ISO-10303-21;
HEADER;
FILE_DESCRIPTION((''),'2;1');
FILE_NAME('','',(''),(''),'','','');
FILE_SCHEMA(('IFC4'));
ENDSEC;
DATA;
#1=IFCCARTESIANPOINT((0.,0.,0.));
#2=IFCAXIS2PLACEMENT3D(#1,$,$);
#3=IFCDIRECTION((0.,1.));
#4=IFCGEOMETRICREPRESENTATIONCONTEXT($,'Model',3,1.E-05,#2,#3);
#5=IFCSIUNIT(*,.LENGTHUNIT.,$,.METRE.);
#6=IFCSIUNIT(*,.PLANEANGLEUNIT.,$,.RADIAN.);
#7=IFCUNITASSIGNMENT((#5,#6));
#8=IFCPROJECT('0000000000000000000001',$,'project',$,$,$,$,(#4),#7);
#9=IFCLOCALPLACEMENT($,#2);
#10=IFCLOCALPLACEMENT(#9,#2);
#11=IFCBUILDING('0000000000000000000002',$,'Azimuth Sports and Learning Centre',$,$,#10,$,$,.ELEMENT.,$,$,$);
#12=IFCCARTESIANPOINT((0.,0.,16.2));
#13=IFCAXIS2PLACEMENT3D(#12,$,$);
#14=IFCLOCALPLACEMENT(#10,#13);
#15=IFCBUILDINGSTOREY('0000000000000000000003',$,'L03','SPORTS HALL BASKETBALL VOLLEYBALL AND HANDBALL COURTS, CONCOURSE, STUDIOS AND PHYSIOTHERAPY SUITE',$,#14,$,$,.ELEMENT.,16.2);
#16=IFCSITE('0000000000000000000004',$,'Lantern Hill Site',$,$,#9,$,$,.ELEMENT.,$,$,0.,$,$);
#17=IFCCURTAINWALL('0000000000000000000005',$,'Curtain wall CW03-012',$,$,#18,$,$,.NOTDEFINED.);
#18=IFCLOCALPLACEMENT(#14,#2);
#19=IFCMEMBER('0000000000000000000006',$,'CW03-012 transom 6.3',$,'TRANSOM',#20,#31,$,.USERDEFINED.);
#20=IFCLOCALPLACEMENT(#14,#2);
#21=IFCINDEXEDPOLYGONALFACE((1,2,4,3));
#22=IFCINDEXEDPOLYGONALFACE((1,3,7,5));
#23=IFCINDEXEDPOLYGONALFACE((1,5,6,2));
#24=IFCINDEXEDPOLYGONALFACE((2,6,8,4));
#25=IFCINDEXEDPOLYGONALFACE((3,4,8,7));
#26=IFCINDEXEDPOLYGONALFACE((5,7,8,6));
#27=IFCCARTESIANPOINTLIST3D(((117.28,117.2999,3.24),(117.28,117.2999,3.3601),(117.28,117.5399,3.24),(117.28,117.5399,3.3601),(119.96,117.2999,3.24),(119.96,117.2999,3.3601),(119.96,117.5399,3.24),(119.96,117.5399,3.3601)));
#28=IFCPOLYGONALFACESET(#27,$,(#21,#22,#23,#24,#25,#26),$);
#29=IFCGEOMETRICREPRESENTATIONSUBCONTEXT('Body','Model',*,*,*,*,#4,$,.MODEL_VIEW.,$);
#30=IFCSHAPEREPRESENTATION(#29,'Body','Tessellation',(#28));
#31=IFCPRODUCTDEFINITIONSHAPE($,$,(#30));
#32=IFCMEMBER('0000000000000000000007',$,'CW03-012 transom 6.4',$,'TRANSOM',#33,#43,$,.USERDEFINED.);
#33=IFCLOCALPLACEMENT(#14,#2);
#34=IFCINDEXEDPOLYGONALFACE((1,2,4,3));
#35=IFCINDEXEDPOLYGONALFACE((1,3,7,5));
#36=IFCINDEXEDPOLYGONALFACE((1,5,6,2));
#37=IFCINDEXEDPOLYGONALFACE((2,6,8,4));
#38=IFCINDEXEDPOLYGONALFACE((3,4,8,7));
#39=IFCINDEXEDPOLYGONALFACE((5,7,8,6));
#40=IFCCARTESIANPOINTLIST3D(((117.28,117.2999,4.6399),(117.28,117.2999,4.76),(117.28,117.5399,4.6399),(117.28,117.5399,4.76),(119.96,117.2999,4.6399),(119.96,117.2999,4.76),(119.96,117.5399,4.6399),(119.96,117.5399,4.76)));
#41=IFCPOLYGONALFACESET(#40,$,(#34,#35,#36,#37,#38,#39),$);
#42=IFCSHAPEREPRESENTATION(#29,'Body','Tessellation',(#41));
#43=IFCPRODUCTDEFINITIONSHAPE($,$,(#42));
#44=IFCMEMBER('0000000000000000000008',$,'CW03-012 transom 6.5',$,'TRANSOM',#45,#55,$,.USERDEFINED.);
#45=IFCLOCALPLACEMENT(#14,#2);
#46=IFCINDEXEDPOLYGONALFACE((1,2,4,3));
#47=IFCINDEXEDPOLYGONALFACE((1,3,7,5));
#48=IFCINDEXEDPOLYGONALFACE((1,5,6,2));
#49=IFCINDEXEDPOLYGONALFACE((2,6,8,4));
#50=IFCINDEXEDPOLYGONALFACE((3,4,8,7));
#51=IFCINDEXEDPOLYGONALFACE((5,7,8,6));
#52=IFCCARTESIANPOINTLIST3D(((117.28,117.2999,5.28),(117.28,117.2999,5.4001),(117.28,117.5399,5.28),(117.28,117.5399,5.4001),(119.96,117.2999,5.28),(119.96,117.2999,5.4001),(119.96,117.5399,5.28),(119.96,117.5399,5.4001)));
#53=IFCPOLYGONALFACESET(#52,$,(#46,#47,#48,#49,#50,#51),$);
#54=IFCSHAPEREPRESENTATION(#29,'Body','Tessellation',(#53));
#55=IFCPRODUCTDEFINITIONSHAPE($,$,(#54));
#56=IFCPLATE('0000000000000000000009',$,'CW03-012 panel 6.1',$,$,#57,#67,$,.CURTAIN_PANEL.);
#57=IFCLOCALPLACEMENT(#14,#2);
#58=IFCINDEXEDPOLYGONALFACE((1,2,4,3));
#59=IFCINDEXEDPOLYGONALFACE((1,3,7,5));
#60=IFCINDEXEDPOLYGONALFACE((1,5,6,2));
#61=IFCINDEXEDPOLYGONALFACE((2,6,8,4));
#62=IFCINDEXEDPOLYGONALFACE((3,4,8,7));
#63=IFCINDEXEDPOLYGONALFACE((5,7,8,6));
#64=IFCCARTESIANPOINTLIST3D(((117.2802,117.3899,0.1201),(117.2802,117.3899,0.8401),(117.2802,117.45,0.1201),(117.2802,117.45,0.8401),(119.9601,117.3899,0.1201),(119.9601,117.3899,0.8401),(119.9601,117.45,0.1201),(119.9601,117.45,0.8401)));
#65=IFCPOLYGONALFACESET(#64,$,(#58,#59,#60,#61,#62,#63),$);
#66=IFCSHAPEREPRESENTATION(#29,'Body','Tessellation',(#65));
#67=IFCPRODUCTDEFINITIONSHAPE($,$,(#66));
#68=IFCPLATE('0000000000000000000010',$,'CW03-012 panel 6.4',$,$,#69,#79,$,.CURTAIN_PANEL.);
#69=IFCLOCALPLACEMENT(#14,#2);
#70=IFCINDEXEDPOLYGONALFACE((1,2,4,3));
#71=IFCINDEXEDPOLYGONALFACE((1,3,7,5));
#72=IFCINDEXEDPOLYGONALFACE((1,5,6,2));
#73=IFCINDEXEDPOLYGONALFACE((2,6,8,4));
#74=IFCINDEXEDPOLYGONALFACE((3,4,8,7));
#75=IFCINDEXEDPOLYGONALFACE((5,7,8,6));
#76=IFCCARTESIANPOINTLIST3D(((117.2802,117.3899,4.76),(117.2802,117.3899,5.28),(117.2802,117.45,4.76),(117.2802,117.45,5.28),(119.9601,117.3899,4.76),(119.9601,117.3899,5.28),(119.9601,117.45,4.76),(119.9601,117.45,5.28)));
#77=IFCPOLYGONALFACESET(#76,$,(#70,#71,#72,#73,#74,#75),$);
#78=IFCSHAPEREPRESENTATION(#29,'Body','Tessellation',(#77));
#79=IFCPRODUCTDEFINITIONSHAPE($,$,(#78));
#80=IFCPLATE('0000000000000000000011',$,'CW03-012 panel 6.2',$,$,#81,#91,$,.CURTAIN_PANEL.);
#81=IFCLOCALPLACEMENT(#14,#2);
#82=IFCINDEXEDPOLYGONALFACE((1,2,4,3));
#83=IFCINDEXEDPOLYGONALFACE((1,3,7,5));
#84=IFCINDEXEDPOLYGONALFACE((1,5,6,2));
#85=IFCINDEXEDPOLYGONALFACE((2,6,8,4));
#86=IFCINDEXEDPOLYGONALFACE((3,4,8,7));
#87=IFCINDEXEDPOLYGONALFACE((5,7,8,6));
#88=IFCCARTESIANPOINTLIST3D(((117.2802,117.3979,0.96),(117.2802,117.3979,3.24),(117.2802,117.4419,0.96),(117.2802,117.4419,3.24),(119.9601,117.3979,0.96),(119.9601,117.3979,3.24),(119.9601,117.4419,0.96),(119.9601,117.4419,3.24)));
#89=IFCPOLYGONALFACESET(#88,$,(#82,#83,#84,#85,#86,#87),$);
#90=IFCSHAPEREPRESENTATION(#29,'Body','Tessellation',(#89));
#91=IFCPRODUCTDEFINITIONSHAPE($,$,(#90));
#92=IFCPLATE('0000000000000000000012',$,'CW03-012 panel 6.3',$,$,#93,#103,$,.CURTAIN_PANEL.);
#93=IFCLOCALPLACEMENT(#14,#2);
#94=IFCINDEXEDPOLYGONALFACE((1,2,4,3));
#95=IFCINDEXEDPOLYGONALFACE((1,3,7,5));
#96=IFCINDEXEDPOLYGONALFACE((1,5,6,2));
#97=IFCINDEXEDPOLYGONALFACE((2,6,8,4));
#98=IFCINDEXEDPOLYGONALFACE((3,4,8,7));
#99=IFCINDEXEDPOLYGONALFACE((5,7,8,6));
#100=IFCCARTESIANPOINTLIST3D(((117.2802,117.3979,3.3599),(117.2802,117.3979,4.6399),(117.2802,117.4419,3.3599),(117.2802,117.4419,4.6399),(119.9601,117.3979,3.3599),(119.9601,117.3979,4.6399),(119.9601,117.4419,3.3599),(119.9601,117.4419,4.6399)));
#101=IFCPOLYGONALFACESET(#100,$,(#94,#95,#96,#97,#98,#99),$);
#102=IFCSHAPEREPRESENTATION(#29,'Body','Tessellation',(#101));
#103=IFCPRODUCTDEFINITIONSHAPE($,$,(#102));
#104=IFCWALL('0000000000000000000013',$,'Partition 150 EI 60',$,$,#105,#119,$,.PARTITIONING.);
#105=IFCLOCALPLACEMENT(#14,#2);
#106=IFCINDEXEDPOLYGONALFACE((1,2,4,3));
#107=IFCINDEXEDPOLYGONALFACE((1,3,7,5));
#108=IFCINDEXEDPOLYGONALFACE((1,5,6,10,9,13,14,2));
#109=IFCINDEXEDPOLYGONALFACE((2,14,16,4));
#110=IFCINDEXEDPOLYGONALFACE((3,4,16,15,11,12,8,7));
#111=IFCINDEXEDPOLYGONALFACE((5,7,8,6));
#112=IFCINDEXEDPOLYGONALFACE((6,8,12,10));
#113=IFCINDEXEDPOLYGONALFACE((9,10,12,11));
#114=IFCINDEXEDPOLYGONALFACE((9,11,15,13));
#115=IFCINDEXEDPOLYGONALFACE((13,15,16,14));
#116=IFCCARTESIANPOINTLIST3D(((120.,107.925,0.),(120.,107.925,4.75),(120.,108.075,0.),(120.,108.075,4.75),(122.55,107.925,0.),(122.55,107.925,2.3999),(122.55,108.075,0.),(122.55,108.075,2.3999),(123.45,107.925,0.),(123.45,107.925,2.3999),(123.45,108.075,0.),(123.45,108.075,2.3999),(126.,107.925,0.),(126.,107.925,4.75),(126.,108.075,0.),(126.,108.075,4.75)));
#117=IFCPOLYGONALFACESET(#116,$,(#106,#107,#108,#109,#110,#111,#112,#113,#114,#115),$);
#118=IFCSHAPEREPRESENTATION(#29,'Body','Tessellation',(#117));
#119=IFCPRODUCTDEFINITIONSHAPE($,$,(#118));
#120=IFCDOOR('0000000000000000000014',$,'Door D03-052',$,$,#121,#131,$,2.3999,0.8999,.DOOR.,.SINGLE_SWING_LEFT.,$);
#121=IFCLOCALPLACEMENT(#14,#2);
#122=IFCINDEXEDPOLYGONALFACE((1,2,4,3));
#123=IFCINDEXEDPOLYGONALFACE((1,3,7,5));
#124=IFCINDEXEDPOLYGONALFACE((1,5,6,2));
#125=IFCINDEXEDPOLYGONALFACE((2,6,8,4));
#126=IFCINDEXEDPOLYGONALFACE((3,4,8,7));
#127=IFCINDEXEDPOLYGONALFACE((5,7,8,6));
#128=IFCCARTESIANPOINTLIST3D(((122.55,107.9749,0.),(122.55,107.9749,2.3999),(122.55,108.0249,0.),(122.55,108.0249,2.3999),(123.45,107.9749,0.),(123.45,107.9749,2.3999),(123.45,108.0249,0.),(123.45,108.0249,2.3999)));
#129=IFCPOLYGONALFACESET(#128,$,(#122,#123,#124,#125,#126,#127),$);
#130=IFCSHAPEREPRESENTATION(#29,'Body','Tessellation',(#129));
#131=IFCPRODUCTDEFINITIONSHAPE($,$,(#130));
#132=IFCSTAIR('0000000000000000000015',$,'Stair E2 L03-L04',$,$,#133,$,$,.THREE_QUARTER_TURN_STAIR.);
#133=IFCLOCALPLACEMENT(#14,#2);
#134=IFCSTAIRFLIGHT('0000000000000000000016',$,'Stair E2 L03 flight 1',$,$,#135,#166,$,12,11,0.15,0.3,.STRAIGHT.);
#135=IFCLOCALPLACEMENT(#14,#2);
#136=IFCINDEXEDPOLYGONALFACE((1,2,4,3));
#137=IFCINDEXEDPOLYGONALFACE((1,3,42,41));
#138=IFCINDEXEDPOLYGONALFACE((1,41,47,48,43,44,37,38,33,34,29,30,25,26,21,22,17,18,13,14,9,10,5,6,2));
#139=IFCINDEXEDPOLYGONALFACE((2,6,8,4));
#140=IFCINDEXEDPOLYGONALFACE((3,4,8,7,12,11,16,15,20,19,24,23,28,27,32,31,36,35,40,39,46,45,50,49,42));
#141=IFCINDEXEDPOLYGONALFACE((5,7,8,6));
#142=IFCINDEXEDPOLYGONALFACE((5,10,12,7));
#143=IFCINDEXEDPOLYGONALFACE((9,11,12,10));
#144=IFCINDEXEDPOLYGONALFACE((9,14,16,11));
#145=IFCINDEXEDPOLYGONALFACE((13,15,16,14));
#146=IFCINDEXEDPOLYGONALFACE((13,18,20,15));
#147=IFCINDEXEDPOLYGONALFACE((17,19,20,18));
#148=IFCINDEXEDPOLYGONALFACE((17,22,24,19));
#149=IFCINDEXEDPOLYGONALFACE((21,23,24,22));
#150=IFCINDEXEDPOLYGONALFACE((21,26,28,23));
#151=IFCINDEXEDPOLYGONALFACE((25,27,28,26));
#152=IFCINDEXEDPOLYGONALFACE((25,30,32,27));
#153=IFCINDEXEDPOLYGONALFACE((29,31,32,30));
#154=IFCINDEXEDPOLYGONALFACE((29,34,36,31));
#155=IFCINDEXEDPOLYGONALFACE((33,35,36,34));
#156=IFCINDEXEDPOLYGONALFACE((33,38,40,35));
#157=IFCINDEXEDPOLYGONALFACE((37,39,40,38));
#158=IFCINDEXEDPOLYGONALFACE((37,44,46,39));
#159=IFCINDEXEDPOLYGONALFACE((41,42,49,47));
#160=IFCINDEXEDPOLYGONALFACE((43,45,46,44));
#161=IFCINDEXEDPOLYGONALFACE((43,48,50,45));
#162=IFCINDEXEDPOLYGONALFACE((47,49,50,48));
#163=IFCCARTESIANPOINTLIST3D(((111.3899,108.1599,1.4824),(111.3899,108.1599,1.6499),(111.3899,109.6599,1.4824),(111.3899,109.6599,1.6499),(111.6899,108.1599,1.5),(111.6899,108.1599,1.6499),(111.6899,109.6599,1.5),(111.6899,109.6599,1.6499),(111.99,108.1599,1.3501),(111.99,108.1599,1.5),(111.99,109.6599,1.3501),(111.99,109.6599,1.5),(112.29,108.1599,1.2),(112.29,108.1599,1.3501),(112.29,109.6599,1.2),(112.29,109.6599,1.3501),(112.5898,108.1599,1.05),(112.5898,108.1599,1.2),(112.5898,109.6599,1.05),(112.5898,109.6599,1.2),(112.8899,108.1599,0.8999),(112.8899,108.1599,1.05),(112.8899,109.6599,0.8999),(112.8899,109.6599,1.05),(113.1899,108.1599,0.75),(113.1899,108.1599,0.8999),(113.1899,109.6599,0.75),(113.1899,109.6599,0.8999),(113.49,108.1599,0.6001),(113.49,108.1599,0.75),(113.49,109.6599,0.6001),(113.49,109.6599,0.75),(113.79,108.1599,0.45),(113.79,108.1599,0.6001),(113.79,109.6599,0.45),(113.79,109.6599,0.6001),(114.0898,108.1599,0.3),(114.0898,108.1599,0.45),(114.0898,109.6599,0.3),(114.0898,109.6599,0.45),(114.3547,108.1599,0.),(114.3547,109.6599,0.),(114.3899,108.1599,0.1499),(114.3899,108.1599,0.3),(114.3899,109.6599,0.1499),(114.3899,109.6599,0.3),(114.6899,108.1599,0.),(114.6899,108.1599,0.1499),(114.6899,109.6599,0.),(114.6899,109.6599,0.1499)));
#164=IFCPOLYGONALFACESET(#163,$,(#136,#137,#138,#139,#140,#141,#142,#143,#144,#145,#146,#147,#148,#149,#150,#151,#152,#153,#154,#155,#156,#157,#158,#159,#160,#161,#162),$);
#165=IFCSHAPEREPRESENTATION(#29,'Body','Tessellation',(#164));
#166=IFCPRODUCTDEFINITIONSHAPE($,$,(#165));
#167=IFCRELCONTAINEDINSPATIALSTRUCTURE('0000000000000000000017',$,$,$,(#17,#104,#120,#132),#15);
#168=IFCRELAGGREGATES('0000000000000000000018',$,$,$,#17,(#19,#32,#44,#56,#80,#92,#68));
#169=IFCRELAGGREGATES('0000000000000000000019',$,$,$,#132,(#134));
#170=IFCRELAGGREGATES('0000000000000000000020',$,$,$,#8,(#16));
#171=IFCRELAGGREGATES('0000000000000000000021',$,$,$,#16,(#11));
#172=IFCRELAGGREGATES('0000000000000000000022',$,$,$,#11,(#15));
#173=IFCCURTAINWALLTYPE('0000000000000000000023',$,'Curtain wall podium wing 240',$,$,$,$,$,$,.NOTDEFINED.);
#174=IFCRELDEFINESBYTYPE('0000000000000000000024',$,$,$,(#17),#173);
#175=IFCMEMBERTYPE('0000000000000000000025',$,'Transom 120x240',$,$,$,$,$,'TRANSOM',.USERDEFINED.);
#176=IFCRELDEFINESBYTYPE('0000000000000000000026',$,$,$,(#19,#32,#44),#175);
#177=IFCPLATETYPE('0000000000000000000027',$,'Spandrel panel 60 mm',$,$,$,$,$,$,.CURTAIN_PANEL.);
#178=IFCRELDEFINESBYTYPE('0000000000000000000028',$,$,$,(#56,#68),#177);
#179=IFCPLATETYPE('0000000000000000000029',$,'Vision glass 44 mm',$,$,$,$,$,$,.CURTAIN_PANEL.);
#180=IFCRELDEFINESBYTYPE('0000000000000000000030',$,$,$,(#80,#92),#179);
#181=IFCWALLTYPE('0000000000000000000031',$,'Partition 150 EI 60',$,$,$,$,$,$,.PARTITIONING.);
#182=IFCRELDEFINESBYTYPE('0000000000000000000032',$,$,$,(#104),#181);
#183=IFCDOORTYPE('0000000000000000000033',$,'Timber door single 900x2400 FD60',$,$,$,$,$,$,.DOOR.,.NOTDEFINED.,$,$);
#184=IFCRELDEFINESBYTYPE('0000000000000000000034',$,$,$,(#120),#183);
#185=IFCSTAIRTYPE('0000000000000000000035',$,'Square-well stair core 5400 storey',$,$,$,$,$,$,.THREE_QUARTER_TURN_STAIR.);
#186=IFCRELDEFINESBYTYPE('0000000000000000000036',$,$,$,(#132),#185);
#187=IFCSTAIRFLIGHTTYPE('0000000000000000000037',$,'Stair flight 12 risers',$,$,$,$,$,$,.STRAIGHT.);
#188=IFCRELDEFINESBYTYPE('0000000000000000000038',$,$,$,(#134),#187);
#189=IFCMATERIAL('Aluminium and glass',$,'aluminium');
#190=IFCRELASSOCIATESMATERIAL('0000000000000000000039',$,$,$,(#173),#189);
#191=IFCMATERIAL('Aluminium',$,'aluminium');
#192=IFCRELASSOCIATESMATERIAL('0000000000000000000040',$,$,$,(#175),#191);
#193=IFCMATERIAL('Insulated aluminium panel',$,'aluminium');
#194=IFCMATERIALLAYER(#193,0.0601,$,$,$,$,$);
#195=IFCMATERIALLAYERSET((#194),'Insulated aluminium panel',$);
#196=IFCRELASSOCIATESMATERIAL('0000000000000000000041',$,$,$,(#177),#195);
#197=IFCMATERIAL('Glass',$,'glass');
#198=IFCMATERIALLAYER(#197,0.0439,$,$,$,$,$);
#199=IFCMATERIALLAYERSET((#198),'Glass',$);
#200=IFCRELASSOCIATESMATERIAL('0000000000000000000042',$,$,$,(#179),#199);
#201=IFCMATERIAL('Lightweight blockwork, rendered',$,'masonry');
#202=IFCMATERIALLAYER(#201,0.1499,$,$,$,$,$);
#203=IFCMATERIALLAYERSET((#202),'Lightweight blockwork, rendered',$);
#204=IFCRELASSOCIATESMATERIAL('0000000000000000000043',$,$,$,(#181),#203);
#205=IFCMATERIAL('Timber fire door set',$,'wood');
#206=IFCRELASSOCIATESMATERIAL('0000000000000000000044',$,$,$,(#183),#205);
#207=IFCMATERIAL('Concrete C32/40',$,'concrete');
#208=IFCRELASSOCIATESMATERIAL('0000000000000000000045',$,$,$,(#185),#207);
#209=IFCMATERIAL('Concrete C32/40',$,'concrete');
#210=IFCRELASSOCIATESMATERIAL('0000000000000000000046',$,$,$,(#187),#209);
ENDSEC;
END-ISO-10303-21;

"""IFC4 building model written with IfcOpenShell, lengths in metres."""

from ifc_helpers import new_model, si_unit, direction, frame, frame_2d, origin, origin_2d, place, context, subcontext, project, spatial, polyline, rectangle, outline, extrude, material, layer, layer_set, material_profile, profile_set, type_object, element, fill, aggregate, save


model = new_model("IFC4")

# Units and contexts
model_context = context("Model", 3, precision=1e-05, world=origin(), true_north=direction((0.0, 1.0)))
body_context = subcontext(model_context, "Body", "Model", "MODEL_VIEW")
ifc_project = project(units=[si_unit("LENGTHUNIT", "METRE"), si_unit("PLANEANGLEUNIT", "RADIAN")], contexts=[model_context])

# Site, building, storey
site_placement = place(None, origin())
site = spatial("IfcSite", under=ifc_project, at=site_placement, Name="Lantern Hill Site", CompositionType="ELEMENT", RefElevation=0.0)
building_placement = place(site_placement, origin())
building = spatial("IfcBuilding", under=site, at=building_placement, Name="Azimuth Sports and Learning Centre", CompositionType="ELEMENT")
storey_placement = place(building_placement, frame((0.0, 0.0, 16.2)))
storey = spatial("IfcBuildingStorey", under=building, at=storey_placement, Name="L03", Description="SPORTS HALL BASKETBALL VOLLEYBALL AND HANDBALL COURTS, CONCOURSE, STUDIOS AND PHYSIOTHERAPY SUITE", CompositionType="ELEMENT", Elevation=16.2)

# Curtain wall, members, plates
ifc_material_1 = material(Name="Aluminium and glass", Category="aluminium")
curtain_wall_type = type_object("IfcCurtainWallType", Name="Curtain wall podium wing 240", PredefinedType="NOTDEFINED", material=ifc_material_1)
curtain_wall_placement = place(storey_placement, origin())
curtain_wall = element("IfcCurtainWall", 1, at=curtain_wall_placement, inside=storey, type_object=curtain_wall_type, Name="Curtain wall CW03-012", PredefinedType="NOTDEFINED")
ifc_material_2 = material(Name="Aluminium", Category="aluminium")
ifc_material_profile_1 = material_profile(ifc_material_2, rectangle(XDim=0.24, YDim=0.1201, at=origin_2d()), Name="Transom 120x240")
ifc_profile_set_1 = profile_set([ifc_material_profile_1], Name="Aluminium")
member_type_1 = type_object("IfcMemberType", Name="Transom 120x240", ElementType="TRANSOM", PredefinedType="USERDEFINED", material=ifc_profile_set_1)
member_1_placement = place(storey_placement, frame((119.96, 117.4199, 3.3), z_axis=(-1.0, 0.0, 0.0), x_axis=(0.0, -1.0, 0.0)))
member_1 = element("IfcMember", 2, at=member_1_placement, type_object=member_type_1, Name="CW03-012 transom 6.3", ObjectType="TRANSOM", PredefinedType="USERDEFINED", context=body_context, shape_type="SweptSolid", body=[
    extrude(rectangle(XDim=0.24, YDim=0.1201, at=origin_2d()), origin(), (0.0, 0.0, 1.0), 2.6799),
])
member_2_placement = place(storey_placement, frame((119.96, 117.4199, 4.7), z_axis=(-1.0, 0.0, 0.0), x_axis=(0.0, -1.0, 0.0)))
member_2 = element("IfcMember", 3, at=member_2_placement, type_object=member_type_1, Name="CW03-012 transom 6.4", ObjectType="TRANSOM", PredefinedType="USERDEFINED", context=body_context, shape_type="SweptSolid", body=[
    extrude(rectangle(XDim=0.24, YDim=0.1201, at=origin_2d()), origin(), (0.0, 0.0, 1.0), 2.6799),
])
member_3_placement = place(storey_placement, frame((119.96, 117.4199, 5.3401), z_axis=(-1.0, 0.0, 0.0), x_axis=(0.0, -1.0, 0.0)))
member_3 = element("IfcMember", 4, at=member_3_placement, type_object=member_type_1, Name="CW03-012 transom 6.5", ObjectType="TRANSOM", PredefinedType="USERDEFINED", context=body_context, shape_type="SweptSolid", body=[
    extrude(rectangle(XDim=0.24, YDim=0.1201, at=origin_2d()), origin(), (0.0, 0.0, 1.0), 2.6799),
])
ifc_material_3 = material(Name="Insulated aluminium panel", Category="aluminium")
ifc_layer_1 = layer(ifc_material_3, 0.0601)
ifc_layer_set_1 = layer_set([ifc_layer_1], Name="Insulated aluminium panel")
plate_type_1 = type_object("IfcPlateType", Name="Spandrel panel 60 mm", PredefinedType="CURTAIN_PANEL", material=ifc_layer_set_1)
plate_1_placement = place(storey_placement, frame((118.6201, 117.4199, 0.1201), z_axis=(0.0, 0.0, 1.0), x_axis=(-1.0, 0.0, 0.0)))
plate_1 = element("IfcPlate", 5, at=plate_1_placement, type_object=plate_type_1, Name="CW03-012 panel 6.1", PredefinedType="CURTAIN_PANEL", context=body_context, shape_type="SweptSolid", body=[
    extrude(rectangle(XDim=2.6799, YDim=0.0601, at=origin_2d()), origin(), (0.0, 0.0, 1.0), 0.72),
])
plate_2_placement = place(storey_placement, frame((118.6201, 117.4199, 4.76), z_axis=(0.0, 0.0, 1.0), x_axis=(-1.0, 0.0, 0.0)))
plate_2 = element("IfcPlate", 6, at=plate_2_placement, type_object=plate_type_1, Name="CW03-012 panel 6.4", PredefinedType="CURTAIN_PANEL", context=body_context, shape_type="SweptSolid", body=[
    extrude(rectangle(XDim=2.6799, YDim=0.0601, at=origin_2d()), origin(), (0.0, 0.0, 1.0), 0.52),
])
ifc_material_4 = material(Name="Glass", Category="glass")
ifc_layer_2 = layer(ifc_material_4, 0.0439)
ifc_layer_set_2 = layer_set([ifc_layer_2], Name="Glass")
plate_type_2 = type_object("IfcPlateType", Name="Vision glass 44 mm", PredefinedType="CURTAIN_PANEL", material=ifc_layer_set_2)
plate_3_placement = place(storey_placement, frame((118.6201, 117.4199, 0.96), z_axis=(0.0, 0.0, 1.0), x_axis=(-1.0, 0.0, 0.0)))
plate_3 = element("IfcPlate", 7, at=plate_3_placement, type_object=plate_type_2, Name="CW03-012 panel 6.2", PredefinedType="CURTAIN_PANEL", context=body_context, shape_type="SweptSolid", body=[
    extrude(rectangle(XDim=2.6799, YDim=0.0439, at=origin_2d()), origin(), (0.0, 0.0, 1.0), 2.28),
])
plate_4_placement = place(storey_placement, frame((118.6201, 117.4199, 3.3599), z_axis=(0.0, 0.0, 1.0), x_axis=(-1.0, 0.0, 0.0)))
plate_4 = element("IfcPlate", 8, at=plate_4_placement, type_object=plate_type_2, Name="CW03-012 panel 6.3", PredefinedType="CURTAIN_PANEL", context=body_context, shape_type="SweptSolid", body=[
    extrude(rectangle(XDim=2.6799, YDim=0.0439, at=origin_2d()), origin(), (0.0, 0.0, 1.0), 1.28),
])
aggregate(curtain_wall, [member_1, member_2, member_3, plate_1, plate_3, plate_4, plate_2])

# Wall, opening, door
ifc_material_5 = material(Name="Lightweight blockwork, rendered", Category="masonry")
ifc_layer_3 = layer(ifc_material_5, 0.1499)
ifc_layer_set_3 = layer_set([ifc_layer_3], Name="Lightweight blockwork, rendered")
wall_type = type_object("IfcWallType", Name="Partition 150 EI 60", PredefinedType="PARTITIONING", material=ifc_layer_set_3)
wall_placement = place(storey_placement, frame((120.0, 108.0, 0.0), z_axis=(0.0, 0.0, 1.0), x_axis=(1.0, 0.0, 0.0)))
wall = element("IfcWall", 9, at=wall_placement, inside=storey, type_object=wall_type, Name="Partition 150 EI 60", PredefinedType="PARTITIONING", context=body_context, shape_type="SweptSolid", body=[
    extrude(rectangle(XDim=6.0, YDim=0.1499, at=frame_2d((3.0, 0.0))), origin(), (0.0, 0.0, 1.0), 4.75),
])
opening_placement = place(wall_placement, frame((2.55, 0.0, 0.0)))
opening = element("IfcOpeningElement", 10, at=opening_placement, cuts=wall, PredefinedType="OPENING", context=body_context, shape_type="SweptSolid", body=[
    extrude(rectangle(XDim=0.8999, YDim=2.3999, at=frame_2d((0.45, 1.2))), frame((0.0, 0.0859, 0.0), z_axis=(0.0, -1.0, 0.0), x_axis=(1.0, 0.0, 0.0)), (0.0, 0.0, 1.0), 0.1719),
])
ifc_material_6 = material(Name="Timber fire door set", Category="wood")
door_type = type_object("IfcDoorType", Name="Timber door single 900x2400 FD60", OperationType="NOTDEFINED", PredefinedType="DOOR", material=ifc_material_6)
door_placement = place(opening_placement, origin())
door = element("IfcDoor", 11, at=door_placement, inside=storey, type_object=door_type, Name="Door D03-052", OperationType="SINGLE_SWING_LEFT", OverallHeight=2.3999, OverallWidth=0.8999, PredefinedType="DOOR", context=body_context, shape_type="SweptSolid", body=[
    extrude(rectangle(XDim=0.8999, YDim=2.3999, at=frame_2d((0.45, 1.2))), frame((0.0, 0.0249, 0.0), z_axis=(0.0, -1.0, 0.0), x_axis=(1.0, 0.0, 0.0)), (0.0, 0.0, 1.0), 0.05),
])
fill(opening, door)

# Stair, stair flight
ifc_material_7 = material(Name="Concrete C32/40", Category="concrete")
stair_type = type_object("IfcStairType", Name="Square-well stair core 5400 storey", PredefinedType="THREE_QUARTER_TURN_STAIR", material=ifc_material_7)
stair_placement = place(storey_placement, origin())
stair = element("IfcStair", 12, at=stair_placement, inside=storey, type_object=stair_type, Name="Stair E2 L03-L04", PredefinedType="THREE_QUARTER_TURN_STAIR")
ifc_material_8 = material(Name="Concrete C32/40", Category="concrete")
stair_flight_type = type_object("IfcStairFlightType", Name="Stair flight 12 risers", PredefinedType="STRAIGHT", material=ifc_material_8)
stair_flight_1_placement = place(storey_placement, frame((114.6899, 108.9099, 0.0), z_axis=(0.0, 0.0, 1.0), x_axis=(-1.0, 0.0, 0.0)))
stair_flight_1 = element("IfcStairFlight", 13, at=stair_flight_1_placement, type_object=stair_flight_type, Name="Stair E2 L03 flight 1", NumberOfRisers=12, NumberOfTreads=11, PredefinedType="STRAIGHT", RiserHeight=0.15, TreadLength=0.3, context=body_context, shape_type="SweptSolid", body=[
    extrude(outline(polyline([(0.0, 0.0), (0.0, 0.1499), (0.3, 0.1499), (0.3, 0.3), (0.6001, 0.3), (0.6001, 0.45), (0.8999, 0.45), (0.8999, 0.6001), (1.2, 0.6001), (1.2, 0.75), (1.5, 0.75), (1.5, 0.8999), (1.8, 0.8999), (1.8, 1.05), (2.1001, 1.05), (2.1001, 1.2), (2.3999, 1.2), (2.3999, 1.3501), (2.7, 1.3501), (2.7, 1.5), (3.0, 1.5), (3.0, 1.6499), (3.3, 1.6499), (3.3, 1.8), (3.3, 1.4824), (0.3352, 0.0), (0.0, 0.0)])), frame((0.0, 0.75, 0.0), z_axis=(0.0, -1.0, 0.0), x_axis=(1.0, 0.0, 0.0)), (0.0, 0.0, 1.0), 1.5),
])
aggregate(stair, [stair_flight_1])

save(model, "model.ifc")
